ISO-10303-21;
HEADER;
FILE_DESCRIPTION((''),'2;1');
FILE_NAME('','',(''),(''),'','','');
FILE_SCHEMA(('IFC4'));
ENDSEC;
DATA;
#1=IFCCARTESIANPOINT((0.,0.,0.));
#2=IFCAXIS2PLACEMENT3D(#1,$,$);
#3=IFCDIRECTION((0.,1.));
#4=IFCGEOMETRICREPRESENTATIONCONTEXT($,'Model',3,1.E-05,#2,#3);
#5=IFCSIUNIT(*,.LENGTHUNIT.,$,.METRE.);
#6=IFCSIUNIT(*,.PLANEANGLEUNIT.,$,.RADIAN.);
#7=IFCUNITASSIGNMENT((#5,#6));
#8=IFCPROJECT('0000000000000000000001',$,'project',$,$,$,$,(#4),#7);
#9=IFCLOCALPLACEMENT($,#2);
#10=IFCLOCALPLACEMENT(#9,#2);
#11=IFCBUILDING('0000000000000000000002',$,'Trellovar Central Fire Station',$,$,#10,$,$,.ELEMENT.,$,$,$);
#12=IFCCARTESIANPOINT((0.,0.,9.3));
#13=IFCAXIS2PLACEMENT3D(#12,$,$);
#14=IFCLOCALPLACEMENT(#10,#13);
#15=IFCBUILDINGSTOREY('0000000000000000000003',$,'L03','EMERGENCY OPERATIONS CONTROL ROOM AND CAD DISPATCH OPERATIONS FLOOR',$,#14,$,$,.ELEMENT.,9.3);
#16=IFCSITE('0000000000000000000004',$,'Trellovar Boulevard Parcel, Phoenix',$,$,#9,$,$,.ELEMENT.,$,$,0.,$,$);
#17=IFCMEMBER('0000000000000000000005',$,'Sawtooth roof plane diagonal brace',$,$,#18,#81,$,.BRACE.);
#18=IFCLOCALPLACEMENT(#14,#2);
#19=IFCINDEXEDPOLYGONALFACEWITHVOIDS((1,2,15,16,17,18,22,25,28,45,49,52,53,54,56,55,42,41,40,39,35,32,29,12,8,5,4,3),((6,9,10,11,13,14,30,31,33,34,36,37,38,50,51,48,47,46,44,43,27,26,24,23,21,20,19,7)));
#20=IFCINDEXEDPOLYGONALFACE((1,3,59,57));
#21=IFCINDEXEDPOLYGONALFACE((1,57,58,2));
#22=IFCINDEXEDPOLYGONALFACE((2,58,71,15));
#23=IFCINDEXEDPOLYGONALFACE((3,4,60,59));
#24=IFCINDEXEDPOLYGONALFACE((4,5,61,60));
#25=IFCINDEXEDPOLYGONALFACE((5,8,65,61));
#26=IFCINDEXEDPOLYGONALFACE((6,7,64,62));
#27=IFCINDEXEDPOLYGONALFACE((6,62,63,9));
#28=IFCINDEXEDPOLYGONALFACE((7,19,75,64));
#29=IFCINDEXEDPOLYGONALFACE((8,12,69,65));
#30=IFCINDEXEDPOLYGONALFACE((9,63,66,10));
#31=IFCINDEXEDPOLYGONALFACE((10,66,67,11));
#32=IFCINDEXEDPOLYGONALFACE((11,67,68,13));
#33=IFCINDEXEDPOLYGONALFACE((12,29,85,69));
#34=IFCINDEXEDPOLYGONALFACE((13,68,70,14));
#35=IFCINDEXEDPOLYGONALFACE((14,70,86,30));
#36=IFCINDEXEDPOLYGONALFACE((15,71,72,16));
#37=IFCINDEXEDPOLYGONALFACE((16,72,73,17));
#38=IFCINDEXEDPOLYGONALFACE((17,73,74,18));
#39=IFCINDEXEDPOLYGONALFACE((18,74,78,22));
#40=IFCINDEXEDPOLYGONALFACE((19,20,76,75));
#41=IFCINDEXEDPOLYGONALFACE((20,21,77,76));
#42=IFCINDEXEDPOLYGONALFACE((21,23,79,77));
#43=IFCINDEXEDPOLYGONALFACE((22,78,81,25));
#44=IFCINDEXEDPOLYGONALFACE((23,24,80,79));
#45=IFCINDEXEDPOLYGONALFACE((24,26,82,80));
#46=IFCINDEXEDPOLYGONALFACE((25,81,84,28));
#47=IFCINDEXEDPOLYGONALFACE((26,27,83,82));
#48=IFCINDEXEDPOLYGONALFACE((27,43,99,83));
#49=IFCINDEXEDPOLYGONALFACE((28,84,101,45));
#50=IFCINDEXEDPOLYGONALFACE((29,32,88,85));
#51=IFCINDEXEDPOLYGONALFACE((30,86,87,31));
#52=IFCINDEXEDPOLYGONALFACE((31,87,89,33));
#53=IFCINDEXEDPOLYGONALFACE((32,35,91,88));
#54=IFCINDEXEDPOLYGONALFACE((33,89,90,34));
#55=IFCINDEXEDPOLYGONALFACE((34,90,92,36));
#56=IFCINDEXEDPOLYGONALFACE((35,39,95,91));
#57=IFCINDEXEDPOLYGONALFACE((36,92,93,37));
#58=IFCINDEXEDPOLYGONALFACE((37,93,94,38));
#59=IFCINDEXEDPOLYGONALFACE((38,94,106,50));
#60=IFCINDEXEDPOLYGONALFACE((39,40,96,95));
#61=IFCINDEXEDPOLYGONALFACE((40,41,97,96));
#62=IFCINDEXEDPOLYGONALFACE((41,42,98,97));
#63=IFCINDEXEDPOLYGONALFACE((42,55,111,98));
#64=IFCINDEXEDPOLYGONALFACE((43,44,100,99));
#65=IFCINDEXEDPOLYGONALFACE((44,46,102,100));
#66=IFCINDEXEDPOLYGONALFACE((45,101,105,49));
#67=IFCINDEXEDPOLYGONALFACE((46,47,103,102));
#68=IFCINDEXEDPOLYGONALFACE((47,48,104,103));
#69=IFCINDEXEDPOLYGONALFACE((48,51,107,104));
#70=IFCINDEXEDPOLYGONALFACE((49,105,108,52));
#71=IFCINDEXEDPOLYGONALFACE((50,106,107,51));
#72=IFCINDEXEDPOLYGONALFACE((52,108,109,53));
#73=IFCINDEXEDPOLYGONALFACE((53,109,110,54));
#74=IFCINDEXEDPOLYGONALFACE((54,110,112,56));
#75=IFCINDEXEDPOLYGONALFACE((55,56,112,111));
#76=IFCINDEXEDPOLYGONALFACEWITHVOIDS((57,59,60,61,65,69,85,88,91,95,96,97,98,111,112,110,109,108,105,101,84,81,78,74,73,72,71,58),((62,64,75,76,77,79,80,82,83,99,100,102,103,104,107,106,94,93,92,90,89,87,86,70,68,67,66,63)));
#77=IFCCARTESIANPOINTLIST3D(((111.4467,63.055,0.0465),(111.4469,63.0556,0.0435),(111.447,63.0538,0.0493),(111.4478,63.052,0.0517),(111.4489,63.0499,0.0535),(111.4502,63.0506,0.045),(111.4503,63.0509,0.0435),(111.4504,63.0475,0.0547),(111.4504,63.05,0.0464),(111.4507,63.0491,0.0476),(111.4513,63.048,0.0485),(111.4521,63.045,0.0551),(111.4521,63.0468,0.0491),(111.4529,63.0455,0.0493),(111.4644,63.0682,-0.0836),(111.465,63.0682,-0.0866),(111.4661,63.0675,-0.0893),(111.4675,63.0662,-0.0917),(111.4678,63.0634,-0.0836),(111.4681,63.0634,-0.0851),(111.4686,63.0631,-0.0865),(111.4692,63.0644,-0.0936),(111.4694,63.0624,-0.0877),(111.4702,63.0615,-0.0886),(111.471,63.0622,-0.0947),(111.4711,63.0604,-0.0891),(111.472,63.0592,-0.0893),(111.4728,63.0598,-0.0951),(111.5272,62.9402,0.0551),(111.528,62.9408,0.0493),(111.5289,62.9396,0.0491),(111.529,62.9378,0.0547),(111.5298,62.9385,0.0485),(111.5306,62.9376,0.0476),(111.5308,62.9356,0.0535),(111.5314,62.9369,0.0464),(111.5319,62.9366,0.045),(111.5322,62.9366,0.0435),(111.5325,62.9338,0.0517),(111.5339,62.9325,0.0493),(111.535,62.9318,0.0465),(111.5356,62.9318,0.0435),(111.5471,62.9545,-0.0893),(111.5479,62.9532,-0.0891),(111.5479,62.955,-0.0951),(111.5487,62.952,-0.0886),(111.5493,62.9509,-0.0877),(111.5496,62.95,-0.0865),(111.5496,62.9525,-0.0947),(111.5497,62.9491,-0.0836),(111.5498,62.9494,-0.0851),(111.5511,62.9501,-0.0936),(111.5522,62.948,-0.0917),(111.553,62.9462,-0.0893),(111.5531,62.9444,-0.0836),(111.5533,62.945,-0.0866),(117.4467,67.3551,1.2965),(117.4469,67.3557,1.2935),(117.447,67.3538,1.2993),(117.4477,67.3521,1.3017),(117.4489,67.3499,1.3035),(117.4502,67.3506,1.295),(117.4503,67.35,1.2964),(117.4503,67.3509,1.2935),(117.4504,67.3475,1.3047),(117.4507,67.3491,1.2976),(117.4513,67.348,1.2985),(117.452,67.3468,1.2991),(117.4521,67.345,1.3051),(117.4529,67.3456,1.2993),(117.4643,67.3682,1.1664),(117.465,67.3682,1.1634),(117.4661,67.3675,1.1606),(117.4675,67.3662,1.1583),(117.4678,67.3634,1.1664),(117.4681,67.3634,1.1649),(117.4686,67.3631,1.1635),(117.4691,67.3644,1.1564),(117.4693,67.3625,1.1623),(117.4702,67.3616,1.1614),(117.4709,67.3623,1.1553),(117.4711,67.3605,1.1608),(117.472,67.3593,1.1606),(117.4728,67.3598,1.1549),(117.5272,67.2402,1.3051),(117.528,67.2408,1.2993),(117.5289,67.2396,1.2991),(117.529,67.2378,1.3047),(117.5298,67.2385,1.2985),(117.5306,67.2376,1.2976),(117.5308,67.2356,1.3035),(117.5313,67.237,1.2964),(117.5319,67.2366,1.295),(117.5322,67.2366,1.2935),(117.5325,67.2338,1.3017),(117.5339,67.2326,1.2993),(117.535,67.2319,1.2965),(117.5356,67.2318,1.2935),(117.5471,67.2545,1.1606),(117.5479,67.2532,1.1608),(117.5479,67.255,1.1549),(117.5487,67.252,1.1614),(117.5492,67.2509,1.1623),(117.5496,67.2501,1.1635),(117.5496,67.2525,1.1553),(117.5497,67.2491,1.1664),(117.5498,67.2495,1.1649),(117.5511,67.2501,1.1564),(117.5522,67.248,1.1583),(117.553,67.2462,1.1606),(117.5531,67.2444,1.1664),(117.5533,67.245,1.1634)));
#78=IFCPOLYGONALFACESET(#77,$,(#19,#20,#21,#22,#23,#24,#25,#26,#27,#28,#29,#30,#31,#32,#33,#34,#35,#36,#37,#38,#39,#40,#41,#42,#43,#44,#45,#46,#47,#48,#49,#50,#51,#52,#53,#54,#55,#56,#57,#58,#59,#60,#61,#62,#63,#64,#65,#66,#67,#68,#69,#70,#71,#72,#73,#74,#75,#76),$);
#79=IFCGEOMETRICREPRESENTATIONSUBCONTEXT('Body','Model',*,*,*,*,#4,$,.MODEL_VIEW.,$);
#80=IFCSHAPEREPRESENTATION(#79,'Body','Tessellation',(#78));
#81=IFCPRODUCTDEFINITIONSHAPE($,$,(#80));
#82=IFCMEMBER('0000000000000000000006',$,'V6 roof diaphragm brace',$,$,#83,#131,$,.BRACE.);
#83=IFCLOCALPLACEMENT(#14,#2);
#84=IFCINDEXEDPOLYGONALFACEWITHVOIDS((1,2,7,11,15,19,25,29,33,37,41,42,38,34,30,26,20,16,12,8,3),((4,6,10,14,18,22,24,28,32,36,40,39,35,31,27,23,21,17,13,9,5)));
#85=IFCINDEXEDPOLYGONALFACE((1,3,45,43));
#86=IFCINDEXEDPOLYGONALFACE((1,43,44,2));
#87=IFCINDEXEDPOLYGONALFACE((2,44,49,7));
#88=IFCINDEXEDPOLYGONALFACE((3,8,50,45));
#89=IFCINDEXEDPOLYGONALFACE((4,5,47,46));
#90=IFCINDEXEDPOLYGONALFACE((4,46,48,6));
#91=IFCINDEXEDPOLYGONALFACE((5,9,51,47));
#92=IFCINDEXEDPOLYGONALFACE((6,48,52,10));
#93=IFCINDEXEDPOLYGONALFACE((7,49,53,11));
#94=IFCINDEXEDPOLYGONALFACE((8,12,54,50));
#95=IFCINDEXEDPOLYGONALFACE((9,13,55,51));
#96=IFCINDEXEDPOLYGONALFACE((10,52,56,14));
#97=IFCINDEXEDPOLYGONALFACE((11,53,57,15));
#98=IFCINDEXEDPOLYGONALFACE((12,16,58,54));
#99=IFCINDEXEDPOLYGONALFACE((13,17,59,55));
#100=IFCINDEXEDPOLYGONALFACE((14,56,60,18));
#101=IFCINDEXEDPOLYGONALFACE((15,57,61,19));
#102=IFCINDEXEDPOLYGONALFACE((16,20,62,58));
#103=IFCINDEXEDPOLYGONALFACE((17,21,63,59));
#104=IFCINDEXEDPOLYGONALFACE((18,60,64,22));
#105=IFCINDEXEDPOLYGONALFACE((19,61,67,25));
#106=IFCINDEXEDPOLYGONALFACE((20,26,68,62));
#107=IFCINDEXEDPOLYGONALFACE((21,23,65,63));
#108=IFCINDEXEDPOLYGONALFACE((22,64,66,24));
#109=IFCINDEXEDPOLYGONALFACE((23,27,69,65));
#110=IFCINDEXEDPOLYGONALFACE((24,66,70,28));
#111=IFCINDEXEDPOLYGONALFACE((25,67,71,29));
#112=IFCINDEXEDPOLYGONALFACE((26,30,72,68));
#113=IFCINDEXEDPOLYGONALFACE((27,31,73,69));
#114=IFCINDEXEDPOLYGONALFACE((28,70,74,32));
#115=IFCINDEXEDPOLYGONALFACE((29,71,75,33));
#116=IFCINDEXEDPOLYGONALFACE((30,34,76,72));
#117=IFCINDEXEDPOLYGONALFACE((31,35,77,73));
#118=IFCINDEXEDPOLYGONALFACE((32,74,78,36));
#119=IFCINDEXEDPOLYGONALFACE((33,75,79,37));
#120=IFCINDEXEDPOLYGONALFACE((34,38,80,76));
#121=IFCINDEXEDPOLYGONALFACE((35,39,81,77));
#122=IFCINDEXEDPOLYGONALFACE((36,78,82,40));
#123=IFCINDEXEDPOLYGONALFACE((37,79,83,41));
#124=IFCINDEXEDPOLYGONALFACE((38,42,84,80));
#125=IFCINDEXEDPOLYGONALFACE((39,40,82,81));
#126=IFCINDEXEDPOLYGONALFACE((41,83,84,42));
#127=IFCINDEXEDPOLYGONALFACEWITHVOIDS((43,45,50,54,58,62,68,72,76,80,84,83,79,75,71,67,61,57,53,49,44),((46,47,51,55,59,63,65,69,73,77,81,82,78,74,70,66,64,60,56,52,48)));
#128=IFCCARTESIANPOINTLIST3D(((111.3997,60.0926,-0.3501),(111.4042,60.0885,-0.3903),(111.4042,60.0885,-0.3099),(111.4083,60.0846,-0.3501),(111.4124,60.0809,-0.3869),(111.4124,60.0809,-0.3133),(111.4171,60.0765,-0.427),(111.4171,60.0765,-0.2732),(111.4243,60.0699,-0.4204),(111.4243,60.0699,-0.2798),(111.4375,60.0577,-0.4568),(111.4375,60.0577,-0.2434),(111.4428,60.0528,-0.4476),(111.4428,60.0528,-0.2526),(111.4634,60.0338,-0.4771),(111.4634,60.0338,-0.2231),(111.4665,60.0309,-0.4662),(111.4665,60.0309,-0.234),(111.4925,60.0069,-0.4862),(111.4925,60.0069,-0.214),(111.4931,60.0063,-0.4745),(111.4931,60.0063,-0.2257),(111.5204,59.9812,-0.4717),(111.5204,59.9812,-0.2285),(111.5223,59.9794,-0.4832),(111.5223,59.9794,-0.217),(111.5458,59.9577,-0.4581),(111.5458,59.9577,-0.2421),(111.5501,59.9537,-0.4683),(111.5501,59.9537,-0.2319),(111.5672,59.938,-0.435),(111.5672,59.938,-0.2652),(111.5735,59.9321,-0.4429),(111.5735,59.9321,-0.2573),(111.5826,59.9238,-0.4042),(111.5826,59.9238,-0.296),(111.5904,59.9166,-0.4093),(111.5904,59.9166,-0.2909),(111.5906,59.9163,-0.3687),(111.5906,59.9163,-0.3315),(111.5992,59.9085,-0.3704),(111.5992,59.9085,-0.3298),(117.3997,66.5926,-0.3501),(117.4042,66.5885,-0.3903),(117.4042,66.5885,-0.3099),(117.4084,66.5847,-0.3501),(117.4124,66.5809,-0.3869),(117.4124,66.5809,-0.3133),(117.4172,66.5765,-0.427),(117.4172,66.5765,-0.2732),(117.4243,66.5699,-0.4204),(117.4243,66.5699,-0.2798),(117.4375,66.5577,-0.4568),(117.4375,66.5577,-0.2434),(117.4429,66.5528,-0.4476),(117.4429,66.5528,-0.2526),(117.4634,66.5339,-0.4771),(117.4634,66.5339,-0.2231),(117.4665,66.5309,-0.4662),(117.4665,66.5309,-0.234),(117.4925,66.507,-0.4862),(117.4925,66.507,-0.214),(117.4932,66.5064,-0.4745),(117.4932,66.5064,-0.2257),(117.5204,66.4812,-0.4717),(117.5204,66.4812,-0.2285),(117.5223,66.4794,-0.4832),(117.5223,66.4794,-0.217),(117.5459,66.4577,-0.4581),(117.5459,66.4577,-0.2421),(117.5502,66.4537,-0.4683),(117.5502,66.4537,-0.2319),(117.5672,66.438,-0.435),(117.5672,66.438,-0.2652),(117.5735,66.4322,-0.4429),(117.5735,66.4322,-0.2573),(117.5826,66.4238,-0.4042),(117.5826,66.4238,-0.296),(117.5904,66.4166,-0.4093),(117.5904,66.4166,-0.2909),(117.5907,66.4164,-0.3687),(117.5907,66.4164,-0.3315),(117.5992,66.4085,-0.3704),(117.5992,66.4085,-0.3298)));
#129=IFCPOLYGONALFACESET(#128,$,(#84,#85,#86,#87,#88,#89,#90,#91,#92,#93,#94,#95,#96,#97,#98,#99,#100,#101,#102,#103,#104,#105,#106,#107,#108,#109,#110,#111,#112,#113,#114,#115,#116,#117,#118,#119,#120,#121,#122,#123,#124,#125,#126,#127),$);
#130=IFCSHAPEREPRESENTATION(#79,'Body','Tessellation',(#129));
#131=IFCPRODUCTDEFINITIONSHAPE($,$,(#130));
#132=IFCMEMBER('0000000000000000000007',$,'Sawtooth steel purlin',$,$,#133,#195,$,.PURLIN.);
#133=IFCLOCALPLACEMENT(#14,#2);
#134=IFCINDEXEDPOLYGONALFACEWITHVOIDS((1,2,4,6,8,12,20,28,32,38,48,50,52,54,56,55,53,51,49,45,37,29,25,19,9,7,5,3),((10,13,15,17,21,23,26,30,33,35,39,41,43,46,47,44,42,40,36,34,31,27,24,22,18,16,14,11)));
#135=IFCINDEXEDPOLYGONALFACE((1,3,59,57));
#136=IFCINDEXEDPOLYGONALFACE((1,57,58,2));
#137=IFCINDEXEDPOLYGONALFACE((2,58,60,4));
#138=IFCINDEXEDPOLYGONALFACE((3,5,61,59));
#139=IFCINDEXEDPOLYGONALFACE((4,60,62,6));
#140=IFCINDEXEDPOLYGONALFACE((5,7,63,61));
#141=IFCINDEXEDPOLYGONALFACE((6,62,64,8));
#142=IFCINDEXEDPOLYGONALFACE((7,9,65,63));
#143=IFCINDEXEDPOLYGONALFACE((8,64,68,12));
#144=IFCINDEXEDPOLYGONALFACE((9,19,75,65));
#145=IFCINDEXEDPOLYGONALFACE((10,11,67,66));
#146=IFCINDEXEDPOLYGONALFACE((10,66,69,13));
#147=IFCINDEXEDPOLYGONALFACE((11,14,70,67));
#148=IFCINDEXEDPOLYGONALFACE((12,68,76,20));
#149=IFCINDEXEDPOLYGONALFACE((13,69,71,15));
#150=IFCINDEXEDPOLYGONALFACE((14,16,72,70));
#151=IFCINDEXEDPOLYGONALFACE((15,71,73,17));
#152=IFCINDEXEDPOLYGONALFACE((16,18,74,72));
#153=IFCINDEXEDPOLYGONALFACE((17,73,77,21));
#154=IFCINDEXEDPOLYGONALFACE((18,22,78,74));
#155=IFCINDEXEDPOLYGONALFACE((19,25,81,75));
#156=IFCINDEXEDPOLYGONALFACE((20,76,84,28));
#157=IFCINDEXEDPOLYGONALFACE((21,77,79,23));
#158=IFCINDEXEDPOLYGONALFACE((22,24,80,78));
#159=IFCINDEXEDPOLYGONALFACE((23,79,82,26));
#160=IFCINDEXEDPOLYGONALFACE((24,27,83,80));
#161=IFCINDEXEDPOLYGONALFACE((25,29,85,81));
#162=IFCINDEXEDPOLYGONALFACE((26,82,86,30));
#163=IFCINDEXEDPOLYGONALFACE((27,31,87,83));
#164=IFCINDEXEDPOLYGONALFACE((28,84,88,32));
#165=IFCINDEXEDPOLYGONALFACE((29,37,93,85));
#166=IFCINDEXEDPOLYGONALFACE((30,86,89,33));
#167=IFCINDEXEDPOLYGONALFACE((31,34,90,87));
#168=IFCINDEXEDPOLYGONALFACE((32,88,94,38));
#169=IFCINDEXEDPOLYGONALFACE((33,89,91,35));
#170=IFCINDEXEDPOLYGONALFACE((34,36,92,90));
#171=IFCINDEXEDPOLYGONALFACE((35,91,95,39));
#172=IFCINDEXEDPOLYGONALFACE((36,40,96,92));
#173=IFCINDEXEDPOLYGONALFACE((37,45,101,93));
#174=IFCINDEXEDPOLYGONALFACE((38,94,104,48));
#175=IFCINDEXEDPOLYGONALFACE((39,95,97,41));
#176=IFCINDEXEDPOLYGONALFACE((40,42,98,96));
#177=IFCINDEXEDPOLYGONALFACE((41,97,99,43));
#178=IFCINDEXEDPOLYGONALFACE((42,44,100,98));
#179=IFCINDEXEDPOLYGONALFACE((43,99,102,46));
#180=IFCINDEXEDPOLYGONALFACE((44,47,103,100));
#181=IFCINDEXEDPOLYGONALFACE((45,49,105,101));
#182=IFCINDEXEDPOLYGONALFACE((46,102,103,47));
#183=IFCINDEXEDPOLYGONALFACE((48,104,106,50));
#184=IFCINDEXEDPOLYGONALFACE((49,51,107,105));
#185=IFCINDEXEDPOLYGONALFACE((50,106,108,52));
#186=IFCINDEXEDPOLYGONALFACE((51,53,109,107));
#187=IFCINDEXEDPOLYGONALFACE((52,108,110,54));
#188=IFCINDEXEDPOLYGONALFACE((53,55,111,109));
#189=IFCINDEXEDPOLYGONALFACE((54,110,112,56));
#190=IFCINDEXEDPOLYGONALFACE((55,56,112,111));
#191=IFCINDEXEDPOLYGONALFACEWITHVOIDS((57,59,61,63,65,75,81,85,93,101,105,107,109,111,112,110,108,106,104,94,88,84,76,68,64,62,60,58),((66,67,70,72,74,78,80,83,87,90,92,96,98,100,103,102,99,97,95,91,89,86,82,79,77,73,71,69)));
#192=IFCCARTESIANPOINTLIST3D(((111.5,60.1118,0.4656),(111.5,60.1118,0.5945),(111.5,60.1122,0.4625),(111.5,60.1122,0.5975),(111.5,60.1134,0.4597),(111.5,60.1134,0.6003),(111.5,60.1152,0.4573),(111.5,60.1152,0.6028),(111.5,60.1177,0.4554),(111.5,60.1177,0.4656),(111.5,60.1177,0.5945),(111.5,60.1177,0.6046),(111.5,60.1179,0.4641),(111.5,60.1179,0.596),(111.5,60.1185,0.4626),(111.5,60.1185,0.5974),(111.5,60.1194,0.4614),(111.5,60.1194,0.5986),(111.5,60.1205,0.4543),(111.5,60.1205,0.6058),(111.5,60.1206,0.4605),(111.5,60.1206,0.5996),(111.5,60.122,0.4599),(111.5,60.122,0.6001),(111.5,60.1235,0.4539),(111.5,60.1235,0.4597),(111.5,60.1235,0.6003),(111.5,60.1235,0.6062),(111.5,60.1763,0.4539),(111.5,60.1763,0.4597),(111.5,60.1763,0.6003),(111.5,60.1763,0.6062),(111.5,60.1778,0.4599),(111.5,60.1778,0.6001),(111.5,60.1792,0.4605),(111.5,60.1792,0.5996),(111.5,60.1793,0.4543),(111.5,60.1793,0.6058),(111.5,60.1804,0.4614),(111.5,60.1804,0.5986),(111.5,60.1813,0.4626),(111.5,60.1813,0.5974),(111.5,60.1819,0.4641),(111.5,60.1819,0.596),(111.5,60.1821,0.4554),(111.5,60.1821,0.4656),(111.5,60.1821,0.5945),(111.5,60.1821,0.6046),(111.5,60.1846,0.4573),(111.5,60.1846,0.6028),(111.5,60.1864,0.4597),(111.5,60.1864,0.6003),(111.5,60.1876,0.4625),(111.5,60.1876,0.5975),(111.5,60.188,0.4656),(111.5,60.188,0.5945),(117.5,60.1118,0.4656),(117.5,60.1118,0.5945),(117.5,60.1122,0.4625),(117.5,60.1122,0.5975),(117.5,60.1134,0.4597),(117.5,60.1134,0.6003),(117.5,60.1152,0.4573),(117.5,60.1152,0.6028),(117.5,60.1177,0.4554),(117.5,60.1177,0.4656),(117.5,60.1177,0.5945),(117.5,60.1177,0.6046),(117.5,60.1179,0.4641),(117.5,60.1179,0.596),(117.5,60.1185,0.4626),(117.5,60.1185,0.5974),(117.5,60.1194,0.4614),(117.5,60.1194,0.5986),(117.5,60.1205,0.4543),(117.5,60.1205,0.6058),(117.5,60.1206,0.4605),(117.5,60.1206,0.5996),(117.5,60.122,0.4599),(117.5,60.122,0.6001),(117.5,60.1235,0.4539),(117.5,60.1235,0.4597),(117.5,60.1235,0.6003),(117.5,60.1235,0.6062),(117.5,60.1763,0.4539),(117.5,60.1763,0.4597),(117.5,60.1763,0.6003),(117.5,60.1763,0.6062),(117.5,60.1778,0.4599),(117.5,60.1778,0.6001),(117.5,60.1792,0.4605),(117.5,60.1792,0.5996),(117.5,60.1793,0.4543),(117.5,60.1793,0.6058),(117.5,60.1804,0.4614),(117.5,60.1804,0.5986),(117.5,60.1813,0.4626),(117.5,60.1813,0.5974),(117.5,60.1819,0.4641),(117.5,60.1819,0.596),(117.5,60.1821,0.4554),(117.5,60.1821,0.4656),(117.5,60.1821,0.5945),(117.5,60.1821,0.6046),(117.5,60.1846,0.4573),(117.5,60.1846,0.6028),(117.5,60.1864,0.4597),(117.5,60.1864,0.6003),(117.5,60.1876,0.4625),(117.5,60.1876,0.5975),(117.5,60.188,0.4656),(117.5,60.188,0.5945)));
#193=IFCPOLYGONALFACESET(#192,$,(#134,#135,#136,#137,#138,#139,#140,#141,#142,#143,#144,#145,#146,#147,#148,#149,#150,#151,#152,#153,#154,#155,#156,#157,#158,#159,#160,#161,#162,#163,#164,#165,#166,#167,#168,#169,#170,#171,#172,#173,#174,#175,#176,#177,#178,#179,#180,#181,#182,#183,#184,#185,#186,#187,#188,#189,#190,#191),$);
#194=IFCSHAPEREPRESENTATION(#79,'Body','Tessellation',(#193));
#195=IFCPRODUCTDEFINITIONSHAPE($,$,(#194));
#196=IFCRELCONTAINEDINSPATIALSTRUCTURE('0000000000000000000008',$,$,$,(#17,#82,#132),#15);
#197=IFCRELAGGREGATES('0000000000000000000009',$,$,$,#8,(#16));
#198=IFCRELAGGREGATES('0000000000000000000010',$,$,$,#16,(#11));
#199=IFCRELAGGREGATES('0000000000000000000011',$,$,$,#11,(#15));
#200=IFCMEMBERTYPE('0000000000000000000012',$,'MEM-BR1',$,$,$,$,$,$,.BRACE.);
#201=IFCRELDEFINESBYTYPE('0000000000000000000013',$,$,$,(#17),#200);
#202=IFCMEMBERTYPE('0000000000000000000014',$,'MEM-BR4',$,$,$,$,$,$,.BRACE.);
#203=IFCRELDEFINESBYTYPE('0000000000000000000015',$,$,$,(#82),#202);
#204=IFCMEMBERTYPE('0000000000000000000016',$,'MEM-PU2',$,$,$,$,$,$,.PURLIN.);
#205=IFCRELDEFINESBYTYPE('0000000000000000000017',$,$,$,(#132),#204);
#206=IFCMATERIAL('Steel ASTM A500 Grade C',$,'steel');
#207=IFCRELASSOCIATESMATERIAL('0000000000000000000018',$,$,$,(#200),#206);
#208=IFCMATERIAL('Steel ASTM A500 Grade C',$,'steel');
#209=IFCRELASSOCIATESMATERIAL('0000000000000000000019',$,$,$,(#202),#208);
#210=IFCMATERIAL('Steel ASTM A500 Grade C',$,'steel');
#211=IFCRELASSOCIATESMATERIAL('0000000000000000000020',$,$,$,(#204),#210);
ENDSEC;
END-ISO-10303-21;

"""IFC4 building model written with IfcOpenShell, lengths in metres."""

from ifc_helpers import new_model, si_unit, direction, frame, origin, origin_2d, place, context, subcontext, project, spatial, hollow_rectangle, hollow_circle, extrude, material, material_profile, profile_set, type_object, element, save


model = new_model("IFC4")

# Units and contexts
model_context = context("Model", 3, precision=1e-05, world=origin(), true_north=direction((0.0, 1.0)))
body_context = subcontext(model_context, "Body", "Model", "MODEL_VIEW")
ifc_project = project(units=[si_unit("LENGTHUNIT", "METRE"), si_unit("PLANEANGLEUNIT", "RADIAN")], contexts=[model_context])

# Site, building, storey
site_placement = place(None, origin())
site = spatial("IfcSite", under=ifc_project, at=site_placement, Name="Trellovar Boulevard Parcel, Phoenix", CompositionType="ELEMENT", RefElevation=0.0)
building_placement = place(site_placement, origin())
building = spatial("IfcBuilding", under=site, at=building_placement, Name="Trellovar Central Fire Station", CompositionType="ELEMENT")
storey_placement = place(building_placement, frame((0.0, 0.0, 9.3)))
storey = spatial("IfcBuildingStorey", under=building, at=storey_placement, Name="L03", Description="EMERGENCY OPERATIONS CONTROL ROOM AND CAD DISPATCH OPERATIONS FLOOR", CompositionType="ELEMENT", Elevation=9.3)

# Members
ifc_material_1 = material(Name="Steel ASTM A500 Grade C", Category="steel")
ifc_material_profile_1 = material_profile(ifc_material_1, hollow_rectangle(XDim=0.1523, YDim=0.1523, WallThickness=0.0059, InnerFilletRadius=0.0059, OuterFilletRadius=0.0117, at=origin_2d()), Name="HSS6X6X1/4")
ifc_profile_set_1 = profile_set([ifc_material_profile_1], Name="Steel ASTM A500 Grade C")
member_type_1 = type_object("IfcMemberType", Name="MEM-BR1", PredefinedType="BRACE", material=ifc_profile_set_1)
for number, where, z_axis, x_axis, name in (
    (1, (111.5, 63.0, -0.02), (0.801405, 0.574347, 0.166959), (-0.582523, 0.812814, 0.0), "Sawtooth roof plane diagonal brace"),
):
    element("IfcMember", number, at=place(storey_placement, frame(where, z_axis=z_axis, x_axis=x_axis)), inside=storey, type_object=member_type_1, Name=name, PredefinedType="BRACE", context=body_context, shape_type="SweptSolid", body=[
        extrude(hollow_rectangle(XDim=0.1523, YDim=0.1523, WallThickness=0.0059, InnerFilletRadius=0.0059, OuterFilletRadius=0.0117, at=origin_2d()), origin(), (0.0, 0.0, 1.0), 7.4868),
    ])
ifc_material_2 = material(Name="Steel ASTM A500 Grade C", Category="steel")
ifc_material_profile_2 = material_profile(ifc_material_2, hollow_circle(Radius=0.1365, WallThickness=0.0117, at=origin_2d()), Name="HSS10.750X0.500")
ifc_profile_set_2 = profile_set([ifc_material_profile_2], Name="Steel ASTM A500 Grade C")
member_type_2 = type_object("IfcMemberType", Name="MEM-BR4", PredefinedType="BRACE", material=ifc_profile_set_2)
member_1_placement = place(storey_placement, frame((111.5, 60.0, -0.3501), z_axis=(0.67828, 0.734803, 0.0), x_axis=(-0.734803, 0.67828, 0.0)))
element("IfcMember", 2, at=member_1_placement, inside=storey, type_object=member_type_2, Name="V6 roof diaphragm brace", PredefinedType="BRACE", context=body_context, shape_type="SweptSolid", body=[
    extrude(hollow_circle(Radius=0.1365, WallThickness=0.0117, at=origin_2d()), origin(), (0.0, 0.0, 1.0), 8.8459),
])
ifc_material_3 = material(Name="Steel ASTM A500 Grade C", Category="steel")
ifc_material_profile_3 = material_profile(ifc_material_3, hollow_rectangle(XDim=0.0762, YDim=0.1523, WallThickness=0.0059, InnerFilletRadius=0.0059, OuterFilletRadius=0.0117, at=origin_2d()), Name="HSS6X3X1/4")
ifc_profile_set_3 = profile_set([ifc_material_profile_3], Name="Steel ASTM A500 Grade C")
member_type_3 = type_object("IfcMemberType", Name="MEM-PU2", PredefinedType="PURLIN", material=ifc_profile_set_3)
member_2_placement = place(storey_placement, frame((111.5, 60.1499, 0.53), z_axis=(1.0, 0.0, 0.0), x_axis=(0.0, 1.0, 0.0)))
element("IfcMember", 3, at=member_2_placement, inside=storey, type_object=member_type_3, Name="Sawtooth steel purlin", PredefinedType="PURLIN", context=body_context, shape_type="SweptSolid", body=[
    extrude(hollow_rectangle(XDim=0.0762, YDim=0.1523, WallThickness=0.0059, InnerFilletRadius=0.0059, OuterFilletRadius=0.0117, at=origin_2d()), origin(), (0.0, 0.0, 1.0), 6.0),
])

save(model, "model.ifc")
